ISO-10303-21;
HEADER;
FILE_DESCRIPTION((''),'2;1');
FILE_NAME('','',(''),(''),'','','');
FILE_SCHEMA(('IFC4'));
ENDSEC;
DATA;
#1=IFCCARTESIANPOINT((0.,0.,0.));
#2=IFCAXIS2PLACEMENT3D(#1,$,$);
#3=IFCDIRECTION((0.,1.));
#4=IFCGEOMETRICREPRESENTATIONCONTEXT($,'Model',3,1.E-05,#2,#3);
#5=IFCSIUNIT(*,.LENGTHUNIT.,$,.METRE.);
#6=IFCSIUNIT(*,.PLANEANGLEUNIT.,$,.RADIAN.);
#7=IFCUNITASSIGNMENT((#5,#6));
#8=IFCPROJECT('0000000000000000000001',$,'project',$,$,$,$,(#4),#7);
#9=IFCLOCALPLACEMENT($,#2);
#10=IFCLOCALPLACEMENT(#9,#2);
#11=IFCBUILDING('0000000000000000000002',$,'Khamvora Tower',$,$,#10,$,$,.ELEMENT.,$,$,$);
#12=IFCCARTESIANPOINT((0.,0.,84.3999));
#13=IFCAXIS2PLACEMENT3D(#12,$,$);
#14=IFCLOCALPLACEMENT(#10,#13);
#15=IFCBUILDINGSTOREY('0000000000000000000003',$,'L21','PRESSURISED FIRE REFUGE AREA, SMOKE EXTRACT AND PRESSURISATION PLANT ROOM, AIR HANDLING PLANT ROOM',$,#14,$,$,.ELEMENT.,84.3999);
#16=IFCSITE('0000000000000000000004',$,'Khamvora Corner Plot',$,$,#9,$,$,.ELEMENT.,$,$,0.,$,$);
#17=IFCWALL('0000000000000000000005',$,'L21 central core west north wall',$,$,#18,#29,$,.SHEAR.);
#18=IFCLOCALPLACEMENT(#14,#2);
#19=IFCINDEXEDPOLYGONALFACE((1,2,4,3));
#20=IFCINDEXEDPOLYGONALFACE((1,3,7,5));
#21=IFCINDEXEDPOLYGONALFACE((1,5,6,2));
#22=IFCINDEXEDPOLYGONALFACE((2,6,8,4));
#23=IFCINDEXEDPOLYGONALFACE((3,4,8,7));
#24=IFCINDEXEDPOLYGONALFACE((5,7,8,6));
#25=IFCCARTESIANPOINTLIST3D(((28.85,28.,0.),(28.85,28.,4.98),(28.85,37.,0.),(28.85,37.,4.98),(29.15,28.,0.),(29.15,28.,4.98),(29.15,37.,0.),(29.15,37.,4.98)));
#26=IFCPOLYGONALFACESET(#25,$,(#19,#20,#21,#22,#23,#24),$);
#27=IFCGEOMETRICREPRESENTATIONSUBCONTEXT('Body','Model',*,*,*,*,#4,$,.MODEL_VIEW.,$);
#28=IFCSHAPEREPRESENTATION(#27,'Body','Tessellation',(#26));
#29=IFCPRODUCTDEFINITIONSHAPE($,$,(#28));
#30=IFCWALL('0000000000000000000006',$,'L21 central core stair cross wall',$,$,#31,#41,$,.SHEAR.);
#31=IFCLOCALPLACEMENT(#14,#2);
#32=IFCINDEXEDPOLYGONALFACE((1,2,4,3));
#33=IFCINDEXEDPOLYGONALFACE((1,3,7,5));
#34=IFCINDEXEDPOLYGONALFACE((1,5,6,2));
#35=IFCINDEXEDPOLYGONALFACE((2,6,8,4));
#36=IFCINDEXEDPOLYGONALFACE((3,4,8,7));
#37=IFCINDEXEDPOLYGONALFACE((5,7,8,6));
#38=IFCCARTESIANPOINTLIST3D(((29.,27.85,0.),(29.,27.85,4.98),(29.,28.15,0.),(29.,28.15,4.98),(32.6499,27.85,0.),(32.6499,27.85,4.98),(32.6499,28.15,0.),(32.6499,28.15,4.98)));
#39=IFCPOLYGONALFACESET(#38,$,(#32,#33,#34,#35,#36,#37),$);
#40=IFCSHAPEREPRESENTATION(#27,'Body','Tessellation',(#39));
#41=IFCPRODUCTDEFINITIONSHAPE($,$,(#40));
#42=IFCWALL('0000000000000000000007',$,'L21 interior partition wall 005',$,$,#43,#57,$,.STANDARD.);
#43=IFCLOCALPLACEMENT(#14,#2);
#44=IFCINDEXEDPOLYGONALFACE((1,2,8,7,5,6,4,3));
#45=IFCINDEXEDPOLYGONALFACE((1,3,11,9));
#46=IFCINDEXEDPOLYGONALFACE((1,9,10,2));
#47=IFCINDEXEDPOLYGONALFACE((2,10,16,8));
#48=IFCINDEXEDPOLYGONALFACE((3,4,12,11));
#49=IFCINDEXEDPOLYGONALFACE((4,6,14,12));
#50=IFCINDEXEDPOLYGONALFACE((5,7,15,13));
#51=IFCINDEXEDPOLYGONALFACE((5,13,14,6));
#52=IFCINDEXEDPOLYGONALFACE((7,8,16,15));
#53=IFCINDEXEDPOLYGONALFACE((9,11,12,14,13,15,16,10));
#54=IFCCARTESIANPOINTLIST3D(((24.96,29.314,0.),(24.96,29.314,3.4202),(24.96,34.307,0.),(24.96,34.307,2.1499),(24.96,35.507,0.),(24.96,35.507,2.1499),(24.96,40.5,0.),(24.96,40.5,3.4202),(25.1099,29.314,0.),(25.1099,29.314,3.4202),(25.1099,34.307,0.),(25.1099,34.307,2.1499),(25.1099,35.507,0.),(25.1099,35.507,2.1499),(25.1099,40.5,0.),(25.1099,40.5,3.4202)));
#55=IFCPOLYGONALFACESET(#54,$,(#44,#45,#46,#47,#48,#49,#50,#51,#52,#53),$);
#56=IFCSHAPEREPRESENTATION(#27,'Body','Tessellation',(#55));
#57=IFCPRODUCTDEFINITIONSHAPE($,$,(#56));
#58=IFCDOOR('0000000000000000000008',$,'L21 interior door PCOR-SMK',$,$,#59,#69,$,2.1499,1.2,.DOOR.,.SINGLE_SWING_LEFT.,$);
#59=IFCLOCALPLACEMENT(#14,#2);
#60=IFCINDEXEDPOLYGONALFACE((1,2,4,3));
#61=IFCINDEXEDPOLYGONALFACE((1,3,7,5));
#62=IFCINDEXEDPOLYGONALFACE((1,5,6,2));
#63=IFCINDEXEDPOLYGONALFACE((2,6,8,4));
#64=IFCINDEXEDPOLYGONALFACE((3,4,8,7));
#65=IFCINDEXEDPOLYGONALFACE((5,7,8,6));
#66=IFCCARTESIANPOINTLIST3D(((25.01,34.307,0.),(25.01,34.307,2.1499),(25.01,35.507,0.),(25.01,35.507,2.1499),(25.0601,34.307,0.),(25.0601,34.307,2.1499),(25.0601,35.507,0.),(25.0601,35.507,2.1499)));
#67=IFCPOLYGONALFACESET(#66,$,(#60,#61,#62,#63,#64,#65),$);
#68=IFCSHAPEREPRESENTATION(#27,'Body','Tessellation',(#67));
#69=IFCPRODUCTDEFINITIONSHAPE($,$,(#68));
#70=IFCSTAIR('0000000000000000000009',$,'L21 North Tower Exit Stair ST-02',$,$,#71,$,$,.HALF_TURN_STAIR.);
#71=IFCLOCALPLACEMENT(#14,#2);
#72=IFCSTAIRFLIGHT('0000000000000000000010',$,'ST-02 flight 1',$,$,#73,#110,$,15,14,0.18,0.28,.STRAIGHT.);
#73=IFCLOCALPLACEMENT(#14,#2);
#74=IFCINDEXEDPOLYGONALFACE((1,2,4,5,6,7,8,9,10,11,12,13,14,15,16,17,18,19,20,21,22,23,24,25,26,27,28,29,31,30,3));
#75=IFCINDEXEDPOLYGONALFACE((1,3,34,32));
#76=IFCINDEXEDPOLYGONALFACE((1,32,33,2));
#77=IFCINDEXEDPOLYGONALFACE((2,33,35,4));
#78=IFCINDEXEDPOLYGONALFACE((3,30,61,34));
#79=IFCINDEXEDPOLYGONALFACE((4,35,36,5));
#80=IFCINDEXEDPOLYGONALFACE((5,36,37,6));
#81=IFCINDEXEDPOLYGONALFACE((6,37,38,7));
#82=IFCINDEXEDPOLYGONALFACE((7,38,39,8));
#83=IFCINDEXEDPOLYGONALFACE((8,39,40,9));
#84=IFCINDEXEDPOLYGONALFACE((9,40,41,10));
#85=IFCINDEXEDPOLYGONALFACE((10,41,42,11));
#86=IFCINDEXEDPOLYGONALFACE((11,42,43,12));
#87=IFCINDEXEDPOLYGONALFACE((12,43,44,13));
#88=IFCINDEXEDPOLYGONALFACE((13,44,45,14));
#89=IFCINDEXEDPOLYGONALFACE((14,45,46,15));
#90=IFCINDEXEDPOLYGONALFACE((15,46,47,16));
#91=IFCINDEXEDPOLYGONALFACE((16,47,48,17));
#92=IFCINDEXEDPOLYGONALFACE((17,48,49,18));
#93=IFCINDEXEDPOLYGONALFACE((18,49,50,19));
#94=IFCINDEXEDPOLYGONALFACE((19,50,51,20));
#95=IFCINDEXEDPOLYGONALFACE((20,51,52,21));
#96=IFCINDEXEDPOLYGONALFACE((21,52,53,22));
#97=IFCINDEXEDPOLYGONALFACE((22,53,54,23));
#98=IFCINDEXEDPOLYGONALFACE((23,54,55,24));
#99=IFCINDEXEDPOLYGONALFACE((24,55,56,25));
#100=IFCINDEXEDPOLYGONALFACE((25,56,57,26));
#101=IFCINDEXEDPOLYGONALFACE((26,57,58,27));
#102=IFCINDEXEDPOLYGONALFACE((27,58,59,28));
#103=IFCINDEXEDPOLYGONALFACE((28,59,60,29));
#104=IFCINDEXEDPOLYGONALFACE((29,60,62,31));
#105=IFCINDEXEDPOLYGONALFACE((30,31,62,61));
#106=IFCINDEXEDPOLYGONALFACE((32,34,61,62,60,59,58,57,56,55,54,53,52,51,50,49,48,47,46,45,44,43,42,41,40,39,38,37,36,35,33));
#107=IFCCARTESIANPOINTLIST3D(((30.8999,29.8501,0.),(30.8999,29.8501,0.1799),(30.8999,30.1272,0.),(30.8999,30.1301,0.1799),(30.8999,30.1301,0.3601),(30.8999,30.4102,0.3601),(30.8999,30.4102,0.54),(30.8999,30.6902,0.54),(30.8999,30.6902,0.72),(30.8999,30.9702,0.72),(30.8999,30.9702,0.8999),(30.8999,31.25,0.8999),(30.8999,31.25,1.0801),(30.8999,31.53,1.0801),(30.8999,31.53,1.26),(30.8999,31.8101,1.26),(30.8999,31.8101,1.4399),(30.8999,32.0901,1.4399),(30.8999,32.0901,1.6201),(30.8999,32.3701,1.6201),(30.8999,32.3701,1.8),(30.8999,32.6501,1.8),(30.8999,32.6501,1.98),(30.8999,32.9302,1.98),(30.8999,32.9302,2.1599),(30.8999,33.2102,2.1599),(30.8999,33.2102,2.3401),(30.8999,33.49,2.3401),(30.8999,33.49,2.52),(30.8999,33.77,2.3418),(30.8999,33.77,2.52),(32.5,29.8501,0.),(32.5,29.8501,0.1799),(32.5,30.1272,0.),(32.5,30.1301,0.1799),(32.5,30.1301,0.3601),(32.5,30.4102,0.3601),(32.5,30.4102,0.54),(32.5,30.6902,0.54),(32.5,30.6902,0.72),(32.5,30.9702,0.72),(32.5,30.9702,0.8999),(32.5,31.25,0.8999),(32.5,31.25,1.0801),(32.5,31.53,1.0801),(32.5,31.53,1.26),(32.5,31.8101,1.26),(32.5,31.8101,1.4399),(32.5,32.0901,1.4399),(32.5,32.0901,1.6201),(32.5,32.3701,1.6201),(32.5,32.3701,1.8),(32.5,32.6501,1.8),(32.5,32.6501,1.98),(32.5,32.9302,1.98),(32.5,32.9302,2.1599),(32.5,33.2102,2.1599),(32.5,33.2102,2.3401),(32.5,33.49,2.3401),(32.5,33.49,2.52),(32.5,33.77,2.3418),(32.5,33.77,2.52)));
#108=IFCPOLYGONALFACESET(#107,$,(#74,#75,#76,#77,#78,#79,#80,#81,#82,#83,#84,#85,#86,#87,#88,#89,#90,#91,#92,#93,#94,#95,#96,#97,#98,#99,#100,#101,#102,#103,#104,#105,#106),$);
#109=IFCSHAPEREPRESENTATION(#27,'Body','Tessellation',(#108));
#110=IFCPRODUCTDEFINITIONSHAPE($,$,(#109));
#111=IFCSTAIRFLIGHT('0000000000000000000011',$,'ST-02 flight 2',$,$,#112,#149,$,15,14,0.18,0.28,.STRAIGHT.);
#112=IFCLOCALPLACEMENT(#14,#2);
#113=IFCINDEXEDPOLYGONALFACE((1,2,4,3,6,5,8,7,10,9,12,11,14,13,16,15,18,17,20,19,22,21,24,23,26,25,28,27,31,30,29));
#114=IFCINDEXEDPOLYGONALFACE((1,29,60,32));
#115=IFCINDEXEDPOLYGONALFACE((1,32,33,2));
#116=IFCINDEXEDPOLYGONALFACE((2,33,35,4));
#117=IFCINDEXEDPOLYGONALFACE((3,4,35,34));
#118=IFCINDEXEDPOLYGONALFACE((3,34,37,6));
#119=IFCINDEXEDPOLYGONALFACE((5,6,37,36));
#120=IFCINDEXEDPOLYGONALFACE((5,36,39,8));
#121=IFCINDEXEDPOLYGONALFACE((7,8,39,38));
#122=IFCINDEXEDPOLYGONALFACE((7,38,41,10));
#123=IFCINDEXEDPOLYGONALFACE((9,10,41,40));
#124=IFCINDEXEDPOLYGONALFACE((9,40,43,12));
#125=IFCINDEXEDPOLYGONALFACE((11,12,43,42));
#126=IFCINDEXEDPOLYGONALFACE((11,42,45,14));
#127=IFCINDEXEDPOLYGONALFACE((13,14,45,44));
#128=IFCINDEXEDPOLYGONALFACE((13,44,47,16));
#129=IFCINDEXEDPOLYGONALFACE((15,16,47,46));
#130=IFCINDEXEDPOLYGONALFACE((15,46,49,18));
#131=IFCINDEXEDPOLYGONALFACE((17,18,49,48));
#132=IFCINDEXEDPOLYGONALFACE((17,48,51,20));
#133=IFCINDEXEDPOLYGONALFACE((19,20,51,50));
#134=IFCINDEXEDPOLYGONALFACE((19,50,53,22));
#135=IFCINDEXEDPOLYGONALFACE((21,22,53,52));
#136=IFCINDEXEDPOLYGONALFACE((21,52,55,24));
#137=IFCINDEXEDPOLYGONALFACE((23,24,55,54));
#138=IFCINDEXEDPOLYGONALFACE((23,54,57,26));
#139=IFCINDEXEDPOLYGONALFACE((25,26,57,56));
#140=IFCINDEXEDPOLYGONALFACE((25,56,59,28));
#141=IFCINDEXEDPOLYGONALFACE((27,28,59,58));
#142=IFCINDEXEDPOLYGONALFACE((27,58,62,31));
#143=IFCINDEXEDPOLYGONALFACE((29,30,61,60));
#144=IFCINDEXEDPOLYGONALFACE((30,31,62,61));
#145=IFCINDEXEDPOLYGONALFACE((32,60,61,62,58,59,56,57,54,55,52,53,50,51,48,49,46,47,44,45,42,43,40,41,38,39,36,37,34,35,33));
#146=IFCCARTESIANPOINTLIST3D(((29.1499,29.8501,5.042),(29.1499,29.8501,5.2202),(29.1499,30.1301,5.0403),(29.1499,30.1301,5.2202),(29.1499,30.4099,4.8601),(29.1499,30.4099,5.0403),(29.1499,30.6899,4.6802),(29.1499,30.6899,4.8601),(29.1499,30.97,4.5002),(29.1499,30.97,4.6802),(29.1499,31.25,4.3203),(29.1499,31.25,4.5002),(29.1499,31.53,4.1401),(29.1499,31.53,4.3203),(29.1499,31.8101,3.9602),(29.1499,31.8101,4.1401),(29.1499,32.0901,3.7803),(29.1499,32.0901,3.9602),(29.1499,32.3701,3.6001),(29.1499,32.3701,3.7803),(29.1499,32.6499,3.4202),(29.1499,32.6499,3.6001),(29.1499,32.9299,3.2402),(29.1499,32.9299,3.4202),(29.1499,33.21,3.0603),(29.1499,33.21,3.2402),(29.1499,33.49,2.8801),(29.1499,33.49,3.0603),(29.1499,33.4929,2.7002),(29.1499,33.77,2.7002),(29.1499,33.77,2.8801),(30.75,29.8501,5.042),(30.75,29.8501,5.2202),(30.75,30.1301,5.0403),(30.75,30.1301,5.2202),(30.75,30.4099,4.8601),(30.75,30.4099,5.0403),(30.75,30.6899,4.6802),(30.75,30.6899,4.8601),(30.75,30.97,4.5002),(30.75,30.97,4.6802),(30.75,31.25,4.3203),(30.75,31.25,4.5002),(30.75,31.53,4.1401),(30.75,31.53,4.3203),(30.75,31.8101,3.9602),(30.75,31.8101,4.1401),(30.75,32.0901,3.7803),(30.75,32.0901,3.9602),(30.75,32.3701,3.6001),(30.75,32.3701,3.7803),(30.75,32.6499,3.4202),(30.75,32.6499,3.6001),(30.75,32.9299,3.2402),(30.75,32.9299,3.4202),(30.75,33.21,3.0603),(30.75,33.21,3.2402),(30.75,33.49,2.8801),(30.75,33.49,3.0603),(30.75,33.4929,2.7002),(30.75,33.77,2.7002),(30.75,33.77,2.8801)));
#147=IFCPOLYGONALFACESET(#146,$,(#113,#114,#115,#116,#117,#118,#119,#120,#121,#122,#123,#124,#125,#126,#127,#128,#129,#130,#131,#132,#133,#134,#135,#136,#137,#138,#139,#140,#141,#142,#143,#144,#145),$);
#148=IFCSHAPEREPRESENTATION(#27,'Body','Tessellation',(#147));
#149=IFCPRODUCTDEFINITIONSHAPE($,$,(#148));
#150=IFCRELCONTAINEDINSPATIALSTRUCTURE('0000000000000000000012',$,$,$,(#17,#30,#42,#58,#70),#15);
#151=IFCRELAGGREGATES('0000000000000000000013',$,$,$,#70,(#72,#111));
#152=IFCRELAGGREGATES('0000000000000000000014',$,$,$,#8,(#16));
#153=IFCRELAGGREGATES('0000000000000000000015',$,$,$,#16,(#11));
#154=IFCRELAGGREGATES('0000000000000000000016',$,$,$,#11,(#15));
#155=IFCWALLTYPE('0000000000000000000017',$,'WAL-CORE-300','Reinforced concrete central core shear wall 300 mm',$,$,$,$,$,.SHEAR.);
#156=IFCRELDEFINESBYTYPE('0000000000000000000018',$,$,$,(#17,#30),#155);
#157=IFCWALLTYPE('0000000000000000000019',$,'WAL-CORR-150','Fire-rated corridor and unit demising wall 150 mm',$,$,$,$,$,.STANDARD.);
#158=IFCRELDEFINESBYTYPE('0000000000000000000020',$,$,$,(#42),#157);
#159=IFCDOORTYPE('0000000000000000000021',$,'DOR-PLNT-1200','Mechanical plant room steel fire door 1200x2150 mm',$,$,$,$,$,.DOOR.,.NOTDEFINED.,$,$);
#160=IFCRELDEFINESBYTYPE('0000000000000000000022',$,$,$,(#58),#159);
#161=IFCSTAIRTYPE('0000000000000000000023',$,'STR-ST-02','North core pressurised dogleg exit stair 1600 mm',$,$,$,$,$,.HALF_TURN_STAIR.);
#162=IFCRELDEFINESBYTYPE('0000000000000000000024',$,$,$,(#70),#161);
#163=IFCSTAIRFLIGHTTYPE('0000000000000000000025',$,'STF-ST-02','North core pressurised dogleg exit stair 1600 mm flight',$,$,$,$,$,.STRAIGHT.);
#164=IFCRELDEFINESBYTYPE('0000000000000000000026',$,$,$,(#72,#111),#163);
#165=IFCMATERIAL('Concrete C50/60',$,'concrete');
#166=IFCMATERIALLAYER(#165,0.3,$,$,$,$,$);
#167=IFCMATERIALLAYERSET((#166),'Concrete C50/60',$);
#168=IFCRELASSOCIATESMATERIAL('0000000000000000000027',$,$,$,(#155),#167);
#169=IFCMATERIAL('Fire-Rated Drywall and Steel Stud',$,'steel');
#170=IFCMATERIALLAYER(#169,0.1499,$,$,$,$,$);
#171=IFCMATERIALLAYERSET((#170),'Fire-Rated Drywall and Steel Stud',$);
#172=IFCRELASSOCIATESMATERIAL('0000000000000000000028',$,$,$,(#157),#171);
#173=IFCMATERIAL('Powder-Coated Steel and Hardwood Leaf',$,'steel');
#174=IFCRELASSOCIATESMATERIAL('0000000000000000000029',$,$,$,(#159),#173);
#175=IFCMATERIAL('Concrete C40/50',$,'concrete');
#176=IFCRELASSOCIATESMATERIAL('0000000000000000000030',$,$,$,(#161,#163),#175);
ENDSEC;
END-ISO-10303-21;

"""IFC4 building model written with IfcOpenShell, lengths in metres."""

from ifc_helpers import new_model, si_unit, direction, frame, frame_2d, origin, place, context, subcontext, project, spatial, polyline, rectangle, outline, extrude, material, layer, layer_set, type_object, element, fill, aggregate, save


model = new_model("IFC4")

# Units and contexts
model_context = context("Model", 3, precision=1e-05, world=origin(), true_north=direction((0.0, 1.0)))
body_context = subcontext(model_context, "Body", "Model", "MODEL_VIEW")
ifc_project = project(units=[si_unit("LENGTHUNIT", "METRE"), si_unit("PLANEANGLEUNIT", "RADIAN")], contexts=[model_context])

# Site, building, storey
site_placement = place(None, origin())
site = spatial("IfcSite", under=ifc_project, at=site_placement, Name="Khamvora Corner Plot", CompositionType="ELEMENT", RefElevation=0.0)
building_placement = place(site_placement, origin())
building = spatial("IfcBuilding", under=site, at=building_placement, Name="Khamvora Tower", CompositionType="ELEMENT")
storey_placement = place(building_placement, frame((0.0, 0.0, 84.3999)))
storey = spatial("IfcBuildingStorey", under=building, at=storey_placement, Name="L21", Description="PRESSURISED FIRE REFUGE AREA, SMOKE EXTRACT AND PRESSURISATION PLANT ROOM, AIR HANDLING PLANT ROOM", CompositionType="ELEMENT", Elevation=84.3999)

# Walls
ifc_material_1 = material(Name="Concrete C50/60", Category="concrete")
ifc_layer_1 = layer(ifc_material_1, 0.3)
ifc_layer_set_1 = layer_set([ifc_layer_1], Name="Concrete C50/60")
wall_type_1 = type_object("IfcWallType", Name="WAL-CORE-300", Description="Reinforced concrete central core shear wall 300 mm", PredefinedType="SHEAR", material=ifc_layer_set_1)
wall_1_placement = place(storey_placement, frame((29.0, 28.0, 0.0), z_axis=(0.0, 0.0, 1.0), x_axis=(0.0, 1.0, 0.0)))
element("IfcWall", 1, at=wall_1_placement, inside=storey, type_object=wall_type_1, Name="L21 central core west north wall", PredefinedType="SHEAR", context=body_context, shape_type="SweptSolid", body=[
    extrude(rectangle(XDim=9.0, YDim=0.3, at=frame_2d((4.5, 0.0))), origin(), (0.0, 0.0, 1.0), 4.98),
])
wall_2_placement = place(storey_placement, frame((29.0, 28.0, 0.0), z_axis=(0.0, 0.0, 1.0), x_axis=(1.0, 0.0, 0.0)))
element("IfcWall", 2, at=wall_2_placement, inside=storey, type_object=wall_type_1, Name="L21 central core stair cross wall", PredefinedType="SHEAR", context=body_context, shape_type="SweptSolid", body=[
    extrude(rectangle(XDim=3.6499, YDim=0.3, at=frame_2d((1.825, 0.0))), origin(), (0.0, 0.0, 1.0), 4.98),
])

# Wall, opening, door
ifc_material_2 = material(Name="Fire-Rated Drywall and Steel Stud", Category="steel")
ifc_layer_2 = layer(ifc_material_2, 0.1499)
ifc_layer_set_2 = layer_set([ifc_layer_2], Name="Fire-Rated Drywall and Steel Stud")
wall_type_2 = type_object("IfcWallType", Name="WAL-CORR-150", Description="Fire-rated corridor and unit demising wall 150 mm", PredefinedType="STANDARD", material=ifc_layer_set_2)
wall_3_placement = place(storey_placement, frame((25.0349, 29.314, 0.0), z_axis=(0.0, 0.0, 1.0), x_axis=(0.0, 1.0, 0.0)))
wall_3 = element("IfcWall", 3, at=wall_3_placement, inside=storey, type_object=wall_type_2, Name="L21 interior partition wall 005", PredefinedType="STANDARD", context=body_context, shape_type="SweptSolid", body=[
    extrude(rectangle(XDim=11.186, YDim=0.1499, at=frame_2d((5.593, 0.0))), origin(), (0.0, 0.0, 1.0), 3.4202),
])
opening_placement = place(wall_3_placement, frame((4.9929, 0.0, 0.0)))
opening = element("IfcOpeningElement", 4, at=opening_placement, cuts=wall_3, PredefinedType="OPENING", context=body_context, shape_type="SweptSolid", body=[
    extrude(rectangle(XDim=1.2, YDim=2.1499, at=frame_2d((0.6001, 1.075))), frame((0.0, 0.085, 0.0), z_axis=(0.0, -1.0, 0.0), x_axis=(1.0, 0.0, 0.0)), (0.0, 0.0, 1.0), 0.1699),
])
ifc_material_3 = material(Name="Powder-Coated Steel and Hardwood Leaf", Category="steel")
door_type = type_object("IfcDoorType", Name="DOR-PLNT-1200", Description="Mechanical plant room steel fire door 1200x2150 mm", OperationType="NOTDEFINED", PredefinedType="DOOR", material=ifc_material_3)
door_placement = place(opening_placement, origin())
door = element("IfcDoor", 5, at=door_placement, inside=storey, type_object=door_type, Name="L21 interior door PCOR-SMK", OperationType="SINGLE_SWING_LEFT", OverallHeight=2.1499, OverallWidth=1.2, PredefinedType="DOOR", context=body_context, shape_type="SweptSolid", body=[
    extrude(rectangle(XDim=1.2, YDim=2.1499, at=frame_2d((0.6001, 1.075))), frame((0.0, 0.0249, 0.0), z_axis=(0.0, -1.0, 0.0), x_axis=(1.0, 0.0, 0.0)), (0.0, 0.0, 1.0), 0.05),
])
fill(opening, door)

# Stair, stair flights
ifc_material_4 = material(Name="Concrete C40/50", Category="concrete")
stair_type = type_object("IfcStairType", Name="STR-ST-02", Description="North core pressurised dogleg exit stair 1600 mm", PredefinedType="HALF_TURN_STAIR", material=ifc_material_4)
stair_placement = place(storey_placement, origin())
stair = element("IfcStair", 6, at=stair_placement, inside=storey, type_object=stair_type, Name="L21 North Tower Exit Stair ST-02", PredefinedType="HALF_TURN_STAIR")
stair_flight_type = type_object("IfcStairFlightType", Name="STF-ST-02", Description="North core pressurised dogleg exit stair 1600 mm flight", PredefinedType="STRAIGHT", material=ifc_material_4)
stair_flight_1_placement = place(storey_placement, frame((31.7, 29.8501, 0.0), z_axis=(0.0, 0.0, 1.0), x_axis=(0.0, 1.0, 0.0)))
stair_flight_1 = element("IfcStairFlight", 7, at=stair_flight_1_placement, type_object=stair_flight_type, Name="ST-02 flight 1", NumberOfRisers=15, NumberOfTreads=14, PredefinedType="STRAIGHT", RiserHeight=0.18, TreadLength=0.28, context=body_context, shape_type="SweptSolid", body=[
    extrude(outline(polyline([(0.0, 0.0), (0.0, 0.1799), (0.28, 0.1799), (0.28, 0.3601), (0.5601, 0.3601), (0.5601, 0.54), (0.8401, 0.54), (0.8401, 0.72), (1.1201, 0.72), (1.1201, 0.8999), (1.3999, 0.8999), (1.3999, 1.0801), (1.6799, 1.0801), (1.6799, 1.26), (1.96, 1.26), (1.96, 1.4399), (2.24, 1.4399), (2.24, 1.6201), (2.52, 1.6201), (2.52, 1.8), (2.8, 1.8), (2.8, 1.98), (3.0801, 1.98), (3.0801, 2.1599), (3.3601, 2.1599), (3.3601, 2.3401), (3.6399, 2.3401), (3.6399, 2.52), (3.9199, 2.52), (3.9199, 2.7), (3.9199, 2.3418), (0.2771, 0.0), (0.0, 0.0)])), frame((0.0, 0.8, 0.0), z_axis=(0.0, -1.0, 0.0), x_axis=(1.0, 0.0, 0.0)), (0.0, 0.0, 1.0), 1.6001),
])
stair_flight_2_placement = place(storey_placement, frame((29.95, 33.77, 2.7002), z_axis=(0.0, 0.0, 1.0), x_axis=(0.0, -1.0, 0.0)))
stair_flight_2 = element("IfcStairFlight", 8, at=stair_flight_2_placement, type_object=stair_flight_type, Name="ST-02 flight 2", NumberOfRisers=15, NumberOfTreads=14, PredefinedType="STRAIGHT", RiserHeight=0.18, TreadLength=0.28, context=body_context, shape_type="SweptSolid", body=[
    extrude(outline(polyline([(0.0, 0.0), (0.0, 0.1799), (0.28, 0.1799), (0.28, 0.3601), (0.5601, 0.3601), (0.5601, 0.54), (0.8401, 0.54), (0.8401, 0.72), (1.1201, 0.72), (1.1201, 0.8999), (1.3999, 0.8999), (1.3999, 1.0801), (1.6799, 1.0801), (1.6799, 1.26), (1.96, 1.26), (1.96, 1.4399), (2.24, 1.4399), (2.24, 1.6201), (2.52, 1.6201), (2.52, 1.8), (2.8, 1.8), (2.8, 1.98), (3.0801, 1.98), (3.0801, 2.1599), (3.3601, 2.1599), (3.3601, 2.3401), (3.6399, 2.3401), (3.6399, 2.52), (3.9199, 2.52), (3.9199, 2.7), (3.9199, 2.3418), (0.2771, 0.0), (0.0, 0.0)])), frame((0.0, 0.8, 0.0), z_axis=(0.0, -1.0, 0.0), x_axis=(1.0, 0.0, 0.0)), (0.0, 0.0, 1.0), 1.6001),
])
aggregate(stair, [stair_flight_1, stair_flight_2])

save(model, "model.ifc")
